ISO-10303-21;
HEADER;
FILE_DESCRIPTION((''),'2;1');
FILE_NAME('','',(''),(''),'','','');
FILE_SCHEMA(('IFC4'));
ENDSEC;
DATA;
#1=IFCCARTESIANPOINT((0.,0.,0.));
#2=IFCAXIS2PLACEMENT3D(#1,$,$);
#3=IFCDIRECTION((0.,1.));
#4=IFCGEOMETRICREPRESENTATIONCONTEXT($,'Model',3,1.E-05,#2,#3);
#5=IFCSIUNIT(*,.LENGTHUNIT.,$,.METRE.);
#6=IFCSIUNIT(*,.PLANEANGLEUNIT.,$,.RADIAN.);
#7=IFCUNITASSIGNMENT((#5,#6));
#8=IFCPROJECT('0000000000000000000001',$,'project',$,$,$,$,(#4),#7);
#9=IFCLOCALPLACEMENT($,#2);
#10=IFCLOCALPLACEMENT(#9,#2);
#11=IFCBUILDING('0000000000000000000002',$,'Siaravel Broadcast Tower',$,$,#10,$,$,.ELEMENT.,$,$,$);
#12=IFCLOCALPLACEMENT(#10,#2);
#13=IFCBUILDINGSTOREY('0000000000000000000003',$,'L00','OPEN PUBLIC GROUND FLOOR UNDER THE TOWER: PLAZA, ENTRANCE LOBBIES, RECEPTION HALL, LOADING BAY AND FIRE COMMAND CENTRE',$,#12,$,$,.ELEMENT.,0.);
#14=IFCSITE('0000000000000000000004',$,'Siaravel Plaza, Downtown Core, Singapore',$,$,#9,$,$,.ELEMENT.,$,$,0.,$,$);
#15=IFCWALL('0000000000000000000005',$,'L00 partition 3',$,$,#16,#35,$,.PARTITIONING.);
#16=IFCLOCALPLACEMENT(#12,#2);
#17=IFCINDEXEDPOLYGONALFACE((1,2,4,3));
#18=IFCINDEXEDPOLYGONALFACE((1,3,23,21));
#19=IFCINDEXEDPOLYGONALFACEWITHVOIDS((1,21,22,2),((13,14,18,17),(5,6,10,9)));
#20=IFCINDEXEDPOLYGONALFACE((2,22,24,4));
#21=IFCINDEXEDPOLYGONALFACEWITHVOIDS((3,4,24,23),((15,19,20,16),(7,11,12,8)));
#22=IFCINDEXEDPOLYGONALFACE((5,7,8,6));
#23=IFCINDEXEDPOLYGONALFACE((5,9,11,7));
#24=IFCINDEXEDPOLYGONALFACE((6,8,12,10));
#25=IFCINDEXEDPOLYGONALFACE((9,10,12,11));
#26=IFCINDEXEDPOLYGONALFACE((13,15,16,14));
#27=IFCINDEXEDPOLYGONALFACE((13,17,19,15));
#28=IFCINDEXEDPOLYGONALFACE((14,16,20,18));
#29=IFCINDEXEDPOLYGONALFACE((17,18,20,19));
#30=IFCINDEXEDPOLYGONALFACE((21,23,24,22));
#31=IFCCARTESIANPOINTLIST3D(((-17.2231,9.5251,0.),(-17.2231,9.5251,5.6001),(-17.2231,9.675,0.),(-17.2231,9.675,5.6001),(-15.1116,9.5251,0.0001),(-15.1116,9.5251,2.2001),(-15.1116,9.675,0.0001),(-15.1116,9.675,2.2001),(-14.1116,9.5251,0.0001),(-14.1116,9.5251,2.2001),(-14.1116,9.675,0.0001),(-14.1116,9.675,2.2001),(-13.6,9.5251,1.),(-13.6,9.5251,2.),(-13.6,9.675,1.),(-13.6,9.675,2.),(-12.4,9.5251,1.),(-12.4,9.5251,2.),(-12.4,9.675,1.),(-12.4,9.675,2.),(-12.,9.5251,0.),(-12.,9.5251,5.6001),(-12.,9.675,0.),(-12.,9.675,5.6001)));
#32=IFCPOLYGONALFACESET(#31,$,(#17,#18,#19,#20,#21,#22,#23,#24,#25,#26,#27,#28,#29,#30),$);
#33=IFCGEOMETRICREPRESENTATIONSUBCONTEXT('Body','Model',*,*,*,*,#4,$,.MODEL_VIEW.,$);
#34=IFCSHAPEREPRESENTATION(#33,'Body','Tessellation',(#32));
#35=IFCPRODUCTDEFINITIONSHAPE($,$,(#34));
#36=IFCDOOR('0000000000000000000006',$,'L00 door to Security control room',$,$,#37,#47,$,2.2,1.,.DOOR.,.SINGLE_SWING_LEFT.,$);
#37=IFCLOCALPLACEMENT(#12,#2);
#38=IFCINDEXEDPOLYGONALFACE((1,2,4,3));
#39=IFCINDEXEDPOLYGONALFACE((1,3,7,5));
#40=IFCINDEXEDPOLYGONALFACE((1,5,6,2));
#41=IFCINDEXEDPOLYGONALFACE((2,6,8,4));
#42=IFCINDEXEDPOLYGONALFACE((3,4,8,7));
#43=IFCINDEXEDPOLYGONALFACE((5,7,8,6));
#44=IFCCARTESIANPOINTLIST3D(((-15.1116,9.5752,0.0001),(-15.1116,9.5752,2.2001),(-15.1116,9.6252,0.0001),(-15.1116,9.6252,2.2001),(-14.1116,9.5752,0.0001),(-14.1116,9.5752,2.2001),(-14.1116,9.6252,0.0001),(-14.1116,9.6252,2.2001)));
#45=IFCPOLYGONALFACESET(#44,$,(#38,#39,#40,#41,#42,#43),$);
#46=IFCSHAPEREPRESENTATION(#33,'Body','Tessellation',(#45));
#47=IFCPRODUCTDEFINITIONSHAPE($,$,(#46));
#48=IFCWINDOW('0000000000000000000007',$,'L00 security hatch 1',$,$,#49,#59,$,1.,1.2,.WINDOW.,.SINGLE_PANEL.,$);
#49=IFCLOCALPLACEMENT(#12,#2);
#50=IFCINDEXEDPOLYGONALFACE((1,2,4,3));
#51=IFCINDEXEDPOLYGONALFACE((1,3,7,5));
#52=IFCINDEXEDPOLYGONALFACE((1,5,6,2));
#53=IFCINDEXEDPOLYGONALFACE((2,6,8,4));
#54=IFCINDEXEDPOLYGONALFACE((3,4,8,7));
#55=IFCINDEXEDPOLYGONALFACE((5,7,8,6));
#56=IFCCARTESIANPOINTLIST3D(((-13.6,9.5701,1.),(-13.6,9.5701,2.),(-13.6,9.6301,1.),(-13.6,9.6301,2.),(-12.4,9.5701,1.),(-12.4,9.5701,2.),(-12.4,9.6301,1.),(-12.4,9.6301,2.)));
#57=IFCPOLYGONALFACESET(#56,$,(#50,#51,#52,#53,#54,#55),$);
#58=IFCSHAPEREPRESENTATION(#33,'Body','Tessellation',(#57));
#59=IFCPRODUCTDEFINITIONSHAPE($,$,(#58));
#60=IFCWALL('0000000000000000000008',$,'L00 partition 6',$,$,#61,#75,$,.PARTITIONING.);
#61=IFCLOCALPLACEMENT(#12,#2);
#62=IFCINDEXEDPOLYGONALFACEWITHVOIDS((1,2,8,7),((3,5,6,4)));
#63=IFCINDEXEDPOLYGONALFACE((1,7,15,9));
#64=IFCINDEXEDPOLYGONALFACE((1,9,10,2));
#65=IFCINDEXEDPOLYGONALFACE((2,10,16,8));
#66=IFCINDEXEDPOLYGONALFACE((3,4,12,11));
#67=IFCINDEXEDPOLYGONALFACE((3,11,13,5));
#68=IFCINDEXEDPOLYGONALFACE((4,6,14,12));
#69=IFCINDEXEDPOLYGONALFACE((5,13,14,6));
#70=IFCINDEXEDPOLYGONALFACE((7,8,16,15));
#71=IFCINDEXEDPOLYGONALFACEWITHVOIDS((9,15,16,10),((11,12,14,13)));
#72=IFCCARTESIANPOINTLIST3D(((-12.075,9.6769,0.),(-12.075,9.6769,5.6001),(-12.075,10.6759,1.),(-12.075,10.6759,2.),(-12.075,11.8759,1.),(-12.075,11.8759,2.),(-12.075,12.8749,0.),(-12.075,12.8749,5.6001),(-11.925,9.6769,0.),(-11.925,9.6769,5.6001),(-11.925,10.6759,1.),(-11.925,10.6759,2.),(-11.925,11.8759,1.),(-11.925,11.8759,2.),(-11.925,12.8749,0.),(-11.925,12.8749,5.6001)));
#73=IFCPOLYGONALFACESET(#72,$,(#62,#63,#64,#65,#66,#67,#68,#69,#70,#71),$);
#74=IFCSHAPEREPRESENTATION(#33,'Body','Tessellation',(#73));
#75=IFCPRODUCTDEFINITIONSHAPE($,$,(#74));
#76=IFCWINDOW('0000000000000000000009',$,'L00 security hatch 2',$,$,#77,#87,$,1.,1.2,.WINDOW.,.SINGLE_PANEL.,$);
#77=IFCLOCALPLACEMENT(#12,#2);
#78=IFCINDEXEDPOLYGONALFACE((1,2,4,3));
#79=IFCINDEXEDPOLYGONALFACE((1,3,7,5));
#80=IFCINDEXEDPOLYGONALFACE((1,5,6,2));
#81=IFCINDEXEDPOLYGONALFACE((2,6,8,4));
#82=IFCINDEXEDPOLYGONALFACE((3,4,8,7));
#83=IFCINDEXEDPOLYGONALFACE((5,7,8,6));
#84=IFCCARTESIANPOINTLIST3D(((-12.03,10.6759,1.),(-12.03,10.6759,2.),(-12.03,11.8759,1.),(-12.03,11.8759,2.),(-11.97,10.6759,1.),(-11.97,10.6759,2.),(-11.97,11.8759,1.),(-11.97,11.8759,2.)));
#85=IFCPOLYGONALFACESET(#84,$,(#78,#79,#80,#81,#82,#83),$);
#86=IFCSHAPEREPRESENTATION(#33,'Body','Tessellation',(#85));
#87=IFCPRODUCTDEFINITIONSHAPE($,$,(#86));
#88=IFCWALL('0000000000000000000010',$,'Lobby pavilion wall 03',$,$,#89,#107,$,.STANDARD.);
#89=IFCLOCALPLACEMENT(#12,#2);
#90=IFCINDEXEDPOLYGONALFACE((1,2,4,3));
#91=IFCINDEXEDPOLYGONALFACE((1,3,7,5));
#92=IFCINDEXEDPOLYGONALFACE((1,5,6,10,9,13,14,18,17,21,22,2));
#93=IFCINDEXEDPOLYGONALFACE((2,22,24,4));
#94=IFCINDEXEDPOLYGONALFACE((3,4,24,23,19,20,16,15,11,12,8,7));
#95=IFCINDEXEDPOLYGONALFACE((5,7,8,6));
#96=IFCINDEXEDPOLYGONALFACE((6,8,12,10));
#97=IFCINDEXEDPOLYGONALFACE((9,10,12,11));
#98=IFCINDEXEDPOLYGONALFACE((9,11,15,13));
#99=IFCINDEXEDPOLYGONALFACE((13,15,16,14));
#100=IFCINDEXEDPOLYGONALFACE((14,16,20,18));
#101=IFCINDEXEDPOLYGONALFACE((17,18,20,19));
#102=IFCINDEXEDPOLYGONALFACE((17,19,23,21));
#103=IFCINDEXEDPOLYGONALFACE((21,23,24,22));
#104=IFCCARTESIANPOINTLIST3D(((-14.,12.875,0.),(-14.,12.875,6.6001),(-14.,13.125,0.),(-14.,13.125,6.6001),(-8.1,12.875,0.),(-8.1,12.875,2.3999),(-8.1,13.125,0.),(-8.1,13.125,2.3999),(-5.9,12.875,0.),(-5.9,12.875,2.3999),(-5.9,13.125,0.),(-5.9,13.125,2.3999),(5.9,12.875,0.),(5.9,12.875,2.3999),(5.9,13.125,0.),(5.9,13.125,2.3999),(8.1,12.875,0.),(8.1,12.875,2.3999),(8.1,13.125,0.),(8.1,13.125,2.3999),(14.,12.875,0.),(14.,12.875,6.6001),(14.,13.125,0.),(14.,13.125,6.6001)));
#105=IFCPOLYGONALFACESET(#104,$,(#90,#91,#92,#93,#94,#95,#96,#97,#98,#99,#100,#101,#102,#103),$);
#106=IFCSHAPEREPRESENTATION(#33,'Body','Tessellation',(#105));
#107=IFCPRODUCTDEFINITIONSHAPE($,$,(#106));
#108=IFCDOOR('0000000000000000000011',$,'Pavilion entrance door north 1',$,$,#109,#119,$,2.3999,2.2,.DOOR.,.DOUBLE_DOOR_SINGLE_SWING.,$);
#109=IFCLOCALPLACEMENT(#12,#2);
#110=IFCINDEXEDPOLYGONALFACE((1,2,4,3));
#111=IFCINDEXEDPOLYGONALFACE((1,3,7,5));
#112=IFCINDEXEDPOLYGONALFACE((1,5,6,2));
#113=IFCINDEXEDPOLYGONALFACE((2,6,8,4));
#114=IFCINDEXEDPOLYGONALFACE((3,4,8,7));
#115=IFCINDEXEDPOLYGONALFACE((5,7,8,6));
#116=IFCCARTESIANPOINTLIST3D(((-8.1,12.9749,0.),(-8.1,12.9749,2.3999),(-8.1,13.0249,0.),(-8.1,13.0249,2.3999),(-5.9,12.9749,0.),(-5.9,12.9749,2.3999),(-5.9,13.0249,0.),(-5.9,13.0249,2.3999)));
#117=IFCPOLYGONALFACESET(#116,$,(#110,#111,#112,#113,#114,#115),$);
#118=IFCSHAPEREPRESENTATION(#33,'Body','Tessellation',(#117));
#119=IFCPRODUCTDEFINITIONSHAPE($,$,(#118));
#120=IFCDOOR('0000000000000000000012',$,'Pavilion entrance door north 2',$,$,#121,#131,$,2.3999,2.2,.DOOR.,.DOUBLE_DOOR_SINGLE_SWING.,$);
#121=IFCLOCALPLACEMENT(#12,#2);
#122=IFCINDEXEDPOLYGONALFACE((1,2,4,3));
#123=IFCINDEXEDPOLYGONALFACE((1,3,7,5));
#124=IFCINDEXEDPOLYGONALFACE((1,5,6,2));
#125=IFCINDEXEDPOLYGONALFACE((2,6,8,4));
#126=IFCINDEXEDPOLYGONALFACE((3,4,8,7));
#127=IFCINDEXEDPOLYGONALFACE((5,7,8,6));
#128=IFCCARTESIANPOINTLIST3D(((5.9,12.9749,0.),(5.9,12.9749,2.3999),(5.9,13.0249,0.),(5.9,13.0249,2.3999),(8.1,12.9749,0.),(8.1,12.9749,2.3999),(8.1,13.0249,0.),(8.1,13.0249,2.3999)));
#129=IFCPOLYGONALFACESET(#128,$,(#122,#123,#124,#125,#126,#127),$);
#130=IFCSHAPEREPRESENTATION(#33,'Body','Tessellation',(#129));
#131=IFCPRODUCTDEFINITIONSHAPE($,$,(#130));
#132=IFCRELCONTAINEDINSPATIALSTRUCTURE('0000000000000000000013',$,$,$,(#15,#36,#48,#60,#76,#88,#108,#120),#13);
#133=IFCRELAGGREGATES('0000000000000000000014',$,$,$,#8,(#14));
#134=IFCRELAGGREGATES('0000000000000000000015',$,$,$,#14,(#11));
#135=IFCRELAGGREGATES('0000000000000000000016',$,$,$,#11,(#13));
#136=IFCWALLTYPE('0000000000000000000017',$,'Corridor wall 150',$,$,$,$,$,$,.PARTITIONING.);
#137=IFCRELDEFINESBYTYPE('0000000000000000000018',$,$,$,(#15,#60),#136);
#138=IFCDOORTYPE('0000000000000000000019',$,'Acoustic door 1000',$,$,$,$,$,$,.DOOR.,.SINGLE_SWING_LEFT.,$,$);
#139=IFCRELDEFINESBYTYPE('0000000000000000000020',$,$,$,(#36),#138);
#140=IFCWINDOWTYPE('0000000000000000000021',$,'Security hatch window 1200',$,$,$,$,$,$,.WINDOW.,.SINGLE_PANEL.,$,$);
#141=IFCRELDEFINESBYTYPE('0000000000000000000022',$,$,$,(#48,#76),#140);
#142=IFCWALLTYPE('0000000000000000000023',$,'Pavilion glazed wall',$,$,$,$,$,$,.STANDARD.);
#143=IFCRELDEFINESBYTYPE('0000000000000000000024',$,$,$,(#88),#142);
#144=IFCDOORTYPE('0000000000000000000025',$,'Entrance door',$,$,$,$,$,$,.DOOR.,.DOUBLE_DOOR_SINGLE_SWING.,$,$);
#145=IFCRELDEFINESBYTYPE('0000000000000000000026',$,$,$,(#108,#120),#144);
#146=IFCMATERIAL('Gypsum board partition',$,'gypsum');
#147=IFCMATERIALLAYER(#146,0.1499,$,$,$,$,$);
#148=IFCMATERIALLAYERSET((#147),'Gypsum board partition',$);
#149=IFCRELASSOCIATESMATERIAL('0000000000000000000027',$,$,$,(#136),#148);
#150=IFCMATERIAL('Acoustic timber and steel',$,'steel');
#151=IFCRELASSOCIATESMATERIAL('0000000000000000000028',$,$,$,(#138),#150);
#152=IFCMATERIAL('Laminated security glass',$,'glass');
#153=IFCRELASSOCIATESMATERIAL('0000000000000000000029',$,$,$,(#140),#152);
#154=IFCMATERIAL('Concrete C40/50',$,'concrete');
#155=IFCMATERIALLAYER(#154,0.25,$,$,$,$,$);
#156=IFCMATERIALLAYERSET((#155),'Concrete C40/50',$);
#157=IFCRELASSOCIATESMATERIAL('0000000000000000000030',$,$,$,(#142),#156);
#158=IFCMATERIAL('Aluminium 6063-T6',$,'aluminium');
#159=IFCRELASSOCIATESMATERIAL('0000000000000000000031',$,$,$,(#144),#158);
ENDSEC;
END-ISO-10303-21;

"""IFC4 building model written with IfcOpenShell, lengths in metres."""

from ifc_helpers import new_model, si_unit, direction, frame, frame_2d, origin, place, context, subcontext, project, spatial, rectangle, extrude, material, layer, layer_set, type_object, element, fill, save


model = new_model("IFC4")

# Units and contexts
model_context = context("Model", 3, precision=1e-05, world=origin(), true_north=direction((0.0, 1.0)))
body_context = subcontext(model_context, "Body", "Model", "MODEL_VIEW")
ifc_project = project(units=[si_unit("LENGTHUNIT", "METRE"), si_unit("PLANEANGLEUNIT", "RADIAN")], contexts=[model_context])

# Site, building, storey
site_placement = place(None, origin())
site = spatial("IfcSite", under=ifc_project, at=site_placement, Name="Siaravel Plaza, Downtown Core, Singapore", CompositionType="ELEMENT", RefElevation=0.0)
building_placement = place(site_placement, origin())
building = spatial("IfcBuilding", under=site, at=building_placement, Name="Siaravel Broadcast Tower", CompositionType="ELEMENT")
storey_placement = place(building_placement, origin())
storey = spatial("IfcBuildingStorey", under=building, at=storey_placement, Name="L00", Description="OPEN PUBLIC GROUND FLOOR UNDER THE TOWER: PLAZA, ENTRANCE LOBBIES, RECEPTION HALL, LOADING BAY AND FIRE COMMAND CENTRE", CompositionType="ELEMENT", Elevation=0.0)

# Wall, openings, door, window
ifc_material_1 = material(Name="Gypsum board partition", Category="gypsum")
ifc_layer_1 = layer(ifc_material_1, 0.1499)
ifc_layer_set_1 = layer_set([ifc_layer_1], Name="Gypsum board partition")
wall_type_1 = type_object("IfcWallType", Name="Corridor wall 150", PredefinedType="PARTITIONING", material=ifc_layer_set_1)
wall_1_placement = place(storey_placement, frame((-12.0, 9.6001, 0.0), z_axis=(0.0, 0.0, 1.0), x_axis=(-1.0, 0.0, 0.0)))
wall_1 = element("IfcWall", 1, at=wall_1_placement, inside=storey, type_object=wall_type_1, Name="L00 partition 3", PredefinedType="PARTITIONING", context=body_context, shape_type="SweptSolid", body=[
    extrude(rectangle(XDim=5.2231, YDim=0.1499, at=frame_2d((2.6116, 0.0))), origin(), (0.0, 0.0, 1.0), 5.6001),
])
opening_1_placement = place(wall_1_placement, frame((2.1116, 0.0, 0.0)))
opening_1 = element("IfcOpeningElement", 2, at=opening_1_placement, cuts=wall_1, PredefinedType="OPENING", context=body_context, shape_type="SweptSolid", body=[
    extrude(rectangle(XDim=1.0, YDim=2.2, at=frame_2d((0.5, 1.1001))), frame((0.0, 0.085, 0.0), z_axis=(0.0, -1.0, 0.0), x_axis=(1.0, 0.0, 0.0)), (0.0, 0.0, 1.0), 0.1699),
])
opening_2_placement = place(wall_1_placement, frame((0.3999, 0.0, 1.0)))
opening_2 = element("IfcOpeningElement", 3, at=opening_2_placement, cuts=wall_1, PredefinedType="OPENING", context=body_context, shape_type="SweptSolid", body=[
    extrude(rectangle(XDim=1.2, YDim=1.0, at=frame_2d((0.6001, 0.5))), frame((0.0, 0.085, 0.0), z_axis=(0.0, -1.0, 0.0), x_axis=(1.0, 0.0, 0.0)), (0.0, 0.0, 1.0), 0.1699),
])
ifc_material_2 = material(Name="Acoustic timber and steel", Category="steel")
door_type_1 = type_object("IfcDoorType", Name="Acoustic door 1000", OperationType="SINGLE_SWING_LEFT", PredefinedType="DOOR", material=ifc_material_2)
door_1_placement = place(opening_1_placement, origin())
door_1 = element("IfcDoor", 4, at=door_1_placement, inside=storey, type_object=door_type_1, Name="L00 door to Security control room", OperationType="SINGLE_SWING_LEFT", OverallHeight=2.2, OverallWidth=1.0, PredefinedType="DOOR", context=body_context, shape_type="SweptSolid", body=[
    extrude(rectangle(XDim=1.0, YDim=2.2, at=frame_2d((0.5, 1.1001))), frame((0.0, 0.0249, 0.0), z_axis=(0.0, -1.0, 0.0), x_axis=(1.0, 0.0, 0.0)), (0.0, 0.0, 1.0), 0.05),
])
fill(opening_1, door_1)
ifc_material_3 = material(Name="Laminated security glass", Category="glass")
window_type = type_object("IfcWindowType", Name="Security hatch window 1200", PartitioningType="SINGLE_PANEL", PredefinedType="WINDOW", material=ifc_material_3)
window_1_placement = place(opening_2_placement, origin())
window_1 = element("IfcWindow", 5, at=window_1_placement, inside=storey, type_object=window_type, Name="L00 security hatch 1", OverallHeight=1.0, OverallWidth=1.2, PartitioningType="SINGLE_PANEL", PredefinedType="WINDOW", context=body_context, shape_type="SweptSolid", body=[
    extrude(rectangle(XDim=1.2, YDim=1.0, at=frame_2d((0.6001, 0.5))), frame((0.0, 0.03, 0.0), z_axis=(0.0, -1.0, 0.0), x_axis=(1.0, 0.0, 0.0)), (0.0, 0.0, 1.0), 0.0601),
])
fill(opening_2, window_1)

# Wall, opening, window
wall_2_placement = place(storey_placement, frame((-12.0, 12.875, 0.0), z_axis=(0.0, 0.0, 1.0), x_axis=(0.0, -1.0, 0.0)))
wall_2 = element("IfcWall", 6, at=wall_2_placement, inside=storey, type_object=wall_type_1, Name="L00 partition 6", PredefinedType="PARTITIONING", context=body_context, shape_type="SweptSolid", body=[
    extrude(rectangle(XDim=3.198, YDim=0.1499, at=frame_2d((1.5991, 0.0))), origin(), (0.0, 0.0, 1.0), 5.6001),
])
opening_3_placement = place(wall_2_placement, frame((0.999, 0.0, 1.0)))
opening_3 = element("IfcOpeningElement", 7, at=opening_3_placement, cuts=wall_2, PredefinedType="OPENING", context=body_context, shape_type="SweptSolid", body=[
    extrude(rectangle(XDim=1.2, YDim=1.0, at=frame_2d((0.6001, 0.5))), frame((0.0, 0.085, 0.0), z_axis=(0.0, -1.0, 0.0), x_axis=(1.0, 0.0, 0.0)), (0.0, 0.0, 1.0), 0.1699),
])
window_2_placement = place(opening_3_placement, origin())
window_2 = element("IfcWindow", 8, at=window_2_placement, inside=storey, type_object=window_type, Name="L00 security hatch 2", OverallHeight=1.0, OverallWidth=1.2, PartitioningType="SINGLE_PANEL", PredefinedType="WINDOW", context=body_context, shape_type="SweptSolid", body=[
    extrude(rectangle(XDim=1.2, YDim=1.0, at=frame_2d((0.6001, 0.5))), frame((0.0, 0.03, 0.0), z_axis=(0.0, -1.0, 0.0), x_axis=(1.0, 0.0, 0.0)), (0.0, 0.0, 1.0), 0.0601),
])
fill(opening_3, window_2)

# Wall, openings, doors
ifc_material_4 = material(Name="Concrete C40/50", Category="concrete")
ifc_layer_2 = layer(ifc_material_4, 0.25)
ifc_layer_set_2 = layer_set([ifc_layer_2], Name="Concrete C40/50")
wall_type_2 = type_object("IfcWallType", Name="Pavilion glazed wall", PredefinedType="STANDARD", material=ifc_layer_set_2)
wall_3_placement = place(storey_placement, frame((-14.0, 13.0, 0.0), z_axis=(0.0, 0.0, 1.0), x_axis=(1.0, 0.0, 0.0)))
wall_3 = element("IfcWall", 9, at=wall_3_placement, inside=storey, type_object=wall_type_2, Name="Lobby pavilion wall 03", PredefinedType="STANDARD", context=body_context, shape_type="SweptSolid", body=[
    extrude(rectangle(XDim=28.0, YDim=0.25, at=frame_2d((14.0, 0.0))), origin(), (0.0, 0.0, 1.0), 6.6001),
])
opening_4_placement = place(wall_3_placement, frame((5.8999, 0.0, 0.0)))
opening_4 = element("IfcOpeningElement", 10, at=opening_4_placement, cuts=wall_3, PredefinedType="OPENING", context=body_context, shape_type="SweptSolid", body=[
    extrude(rectangle(XDim=2.2, YDim=2.3999, at=frame_2d((1.1001, 1.2))), frame((0.0, 0.135, 0.0), z_axis=(0.0, -1.0, 0.0), x_axis=(1.0, 0.0, 0.0)), (0.0, 0.0, 1.0), 0.27),
])
opening_5_placement = place(wall_3_placement, frame((19.8999, 0.0, 0.0)))
opening_5 = element("IfcOpeningElement", 11, at=opening_5_placement, cuts=wall_3, PredefinedType="OPENING", context=body_context, shape_type="SweptSolid", body=[
    extrude(rectangle(XDim=2.2, YDim=2.3999, at=frame_2d((1.1001, 1.2))), frame((0.0, 0.135, 0.0), z_axis=(0.0, -1.0, 0.0), x_axis=(1.0, 0.0, 0.0)), (0.0, 0.0, 1.0), 0.27),
])
ifc_material_5 = material(Name="Aluminium 6063-T6", Category="aluminium")
door_type_2 = type_object("IfcDoorType", Name="Entrance door", OperationType="DOUBLE_DOOR_SINGLE_SWING", PredefinedType="DOOR", material=ifc_material_5)
door_2_placement = place(opening_4_placement, origin())
door_2 = element("IfcDoor", 12, at=door_2_placement, inside=storey, type_object=door_type_2, Name="Pavilion entrance door north 1", OperationType="DOUBLE_DOOR_SINGLE_SWING", OverallHeight=2.3999, OverallWidth=2.2, PredefinedType="DOOR", context=body_context, shape_type="SweptSolid", body=[
    extrude(rectangle(XDim=2.2, YDim=2.3999, at=frame_2d((1.1001, 1.2))), frame((0.0, 0.0249, 0.0), z_axis=(0.0, -1.0, 0.0), x_axis=(1.0, 0.0, 0.0)), (0.0, 0.0, 1.0), 0.05),
])
fill(opening_4, door_2)
door_3_placement = place(opening_5_placement, origin())
door_3 = element("IfcDoor", 13, at=door_3_placement, inside=storey, type_object=door_type_2, Name="Pavilion entrance door north 2", OperationType="DOUBLE_DOOR_SINGLE_SWING", OverallHeight=2.3999, OverallWidth=2.2, PredefinedType="DOOR", context=body_context, shape_type="SweptSolid", body=[
    extrude(rectangle(XDim=2.2, YDim=2.3999, at=frame_2d((1.1001, 1.2))), frame((0.0, 0.0249, 0.0), z_axis=(0.0, -1.0, 0.0), x_axis=(1.0, 0.0, 0.0)), (0.0, 0.0, 1.0), 0.05),
])
fill(opening_5, door_3)

save(model, "model.ifc")
